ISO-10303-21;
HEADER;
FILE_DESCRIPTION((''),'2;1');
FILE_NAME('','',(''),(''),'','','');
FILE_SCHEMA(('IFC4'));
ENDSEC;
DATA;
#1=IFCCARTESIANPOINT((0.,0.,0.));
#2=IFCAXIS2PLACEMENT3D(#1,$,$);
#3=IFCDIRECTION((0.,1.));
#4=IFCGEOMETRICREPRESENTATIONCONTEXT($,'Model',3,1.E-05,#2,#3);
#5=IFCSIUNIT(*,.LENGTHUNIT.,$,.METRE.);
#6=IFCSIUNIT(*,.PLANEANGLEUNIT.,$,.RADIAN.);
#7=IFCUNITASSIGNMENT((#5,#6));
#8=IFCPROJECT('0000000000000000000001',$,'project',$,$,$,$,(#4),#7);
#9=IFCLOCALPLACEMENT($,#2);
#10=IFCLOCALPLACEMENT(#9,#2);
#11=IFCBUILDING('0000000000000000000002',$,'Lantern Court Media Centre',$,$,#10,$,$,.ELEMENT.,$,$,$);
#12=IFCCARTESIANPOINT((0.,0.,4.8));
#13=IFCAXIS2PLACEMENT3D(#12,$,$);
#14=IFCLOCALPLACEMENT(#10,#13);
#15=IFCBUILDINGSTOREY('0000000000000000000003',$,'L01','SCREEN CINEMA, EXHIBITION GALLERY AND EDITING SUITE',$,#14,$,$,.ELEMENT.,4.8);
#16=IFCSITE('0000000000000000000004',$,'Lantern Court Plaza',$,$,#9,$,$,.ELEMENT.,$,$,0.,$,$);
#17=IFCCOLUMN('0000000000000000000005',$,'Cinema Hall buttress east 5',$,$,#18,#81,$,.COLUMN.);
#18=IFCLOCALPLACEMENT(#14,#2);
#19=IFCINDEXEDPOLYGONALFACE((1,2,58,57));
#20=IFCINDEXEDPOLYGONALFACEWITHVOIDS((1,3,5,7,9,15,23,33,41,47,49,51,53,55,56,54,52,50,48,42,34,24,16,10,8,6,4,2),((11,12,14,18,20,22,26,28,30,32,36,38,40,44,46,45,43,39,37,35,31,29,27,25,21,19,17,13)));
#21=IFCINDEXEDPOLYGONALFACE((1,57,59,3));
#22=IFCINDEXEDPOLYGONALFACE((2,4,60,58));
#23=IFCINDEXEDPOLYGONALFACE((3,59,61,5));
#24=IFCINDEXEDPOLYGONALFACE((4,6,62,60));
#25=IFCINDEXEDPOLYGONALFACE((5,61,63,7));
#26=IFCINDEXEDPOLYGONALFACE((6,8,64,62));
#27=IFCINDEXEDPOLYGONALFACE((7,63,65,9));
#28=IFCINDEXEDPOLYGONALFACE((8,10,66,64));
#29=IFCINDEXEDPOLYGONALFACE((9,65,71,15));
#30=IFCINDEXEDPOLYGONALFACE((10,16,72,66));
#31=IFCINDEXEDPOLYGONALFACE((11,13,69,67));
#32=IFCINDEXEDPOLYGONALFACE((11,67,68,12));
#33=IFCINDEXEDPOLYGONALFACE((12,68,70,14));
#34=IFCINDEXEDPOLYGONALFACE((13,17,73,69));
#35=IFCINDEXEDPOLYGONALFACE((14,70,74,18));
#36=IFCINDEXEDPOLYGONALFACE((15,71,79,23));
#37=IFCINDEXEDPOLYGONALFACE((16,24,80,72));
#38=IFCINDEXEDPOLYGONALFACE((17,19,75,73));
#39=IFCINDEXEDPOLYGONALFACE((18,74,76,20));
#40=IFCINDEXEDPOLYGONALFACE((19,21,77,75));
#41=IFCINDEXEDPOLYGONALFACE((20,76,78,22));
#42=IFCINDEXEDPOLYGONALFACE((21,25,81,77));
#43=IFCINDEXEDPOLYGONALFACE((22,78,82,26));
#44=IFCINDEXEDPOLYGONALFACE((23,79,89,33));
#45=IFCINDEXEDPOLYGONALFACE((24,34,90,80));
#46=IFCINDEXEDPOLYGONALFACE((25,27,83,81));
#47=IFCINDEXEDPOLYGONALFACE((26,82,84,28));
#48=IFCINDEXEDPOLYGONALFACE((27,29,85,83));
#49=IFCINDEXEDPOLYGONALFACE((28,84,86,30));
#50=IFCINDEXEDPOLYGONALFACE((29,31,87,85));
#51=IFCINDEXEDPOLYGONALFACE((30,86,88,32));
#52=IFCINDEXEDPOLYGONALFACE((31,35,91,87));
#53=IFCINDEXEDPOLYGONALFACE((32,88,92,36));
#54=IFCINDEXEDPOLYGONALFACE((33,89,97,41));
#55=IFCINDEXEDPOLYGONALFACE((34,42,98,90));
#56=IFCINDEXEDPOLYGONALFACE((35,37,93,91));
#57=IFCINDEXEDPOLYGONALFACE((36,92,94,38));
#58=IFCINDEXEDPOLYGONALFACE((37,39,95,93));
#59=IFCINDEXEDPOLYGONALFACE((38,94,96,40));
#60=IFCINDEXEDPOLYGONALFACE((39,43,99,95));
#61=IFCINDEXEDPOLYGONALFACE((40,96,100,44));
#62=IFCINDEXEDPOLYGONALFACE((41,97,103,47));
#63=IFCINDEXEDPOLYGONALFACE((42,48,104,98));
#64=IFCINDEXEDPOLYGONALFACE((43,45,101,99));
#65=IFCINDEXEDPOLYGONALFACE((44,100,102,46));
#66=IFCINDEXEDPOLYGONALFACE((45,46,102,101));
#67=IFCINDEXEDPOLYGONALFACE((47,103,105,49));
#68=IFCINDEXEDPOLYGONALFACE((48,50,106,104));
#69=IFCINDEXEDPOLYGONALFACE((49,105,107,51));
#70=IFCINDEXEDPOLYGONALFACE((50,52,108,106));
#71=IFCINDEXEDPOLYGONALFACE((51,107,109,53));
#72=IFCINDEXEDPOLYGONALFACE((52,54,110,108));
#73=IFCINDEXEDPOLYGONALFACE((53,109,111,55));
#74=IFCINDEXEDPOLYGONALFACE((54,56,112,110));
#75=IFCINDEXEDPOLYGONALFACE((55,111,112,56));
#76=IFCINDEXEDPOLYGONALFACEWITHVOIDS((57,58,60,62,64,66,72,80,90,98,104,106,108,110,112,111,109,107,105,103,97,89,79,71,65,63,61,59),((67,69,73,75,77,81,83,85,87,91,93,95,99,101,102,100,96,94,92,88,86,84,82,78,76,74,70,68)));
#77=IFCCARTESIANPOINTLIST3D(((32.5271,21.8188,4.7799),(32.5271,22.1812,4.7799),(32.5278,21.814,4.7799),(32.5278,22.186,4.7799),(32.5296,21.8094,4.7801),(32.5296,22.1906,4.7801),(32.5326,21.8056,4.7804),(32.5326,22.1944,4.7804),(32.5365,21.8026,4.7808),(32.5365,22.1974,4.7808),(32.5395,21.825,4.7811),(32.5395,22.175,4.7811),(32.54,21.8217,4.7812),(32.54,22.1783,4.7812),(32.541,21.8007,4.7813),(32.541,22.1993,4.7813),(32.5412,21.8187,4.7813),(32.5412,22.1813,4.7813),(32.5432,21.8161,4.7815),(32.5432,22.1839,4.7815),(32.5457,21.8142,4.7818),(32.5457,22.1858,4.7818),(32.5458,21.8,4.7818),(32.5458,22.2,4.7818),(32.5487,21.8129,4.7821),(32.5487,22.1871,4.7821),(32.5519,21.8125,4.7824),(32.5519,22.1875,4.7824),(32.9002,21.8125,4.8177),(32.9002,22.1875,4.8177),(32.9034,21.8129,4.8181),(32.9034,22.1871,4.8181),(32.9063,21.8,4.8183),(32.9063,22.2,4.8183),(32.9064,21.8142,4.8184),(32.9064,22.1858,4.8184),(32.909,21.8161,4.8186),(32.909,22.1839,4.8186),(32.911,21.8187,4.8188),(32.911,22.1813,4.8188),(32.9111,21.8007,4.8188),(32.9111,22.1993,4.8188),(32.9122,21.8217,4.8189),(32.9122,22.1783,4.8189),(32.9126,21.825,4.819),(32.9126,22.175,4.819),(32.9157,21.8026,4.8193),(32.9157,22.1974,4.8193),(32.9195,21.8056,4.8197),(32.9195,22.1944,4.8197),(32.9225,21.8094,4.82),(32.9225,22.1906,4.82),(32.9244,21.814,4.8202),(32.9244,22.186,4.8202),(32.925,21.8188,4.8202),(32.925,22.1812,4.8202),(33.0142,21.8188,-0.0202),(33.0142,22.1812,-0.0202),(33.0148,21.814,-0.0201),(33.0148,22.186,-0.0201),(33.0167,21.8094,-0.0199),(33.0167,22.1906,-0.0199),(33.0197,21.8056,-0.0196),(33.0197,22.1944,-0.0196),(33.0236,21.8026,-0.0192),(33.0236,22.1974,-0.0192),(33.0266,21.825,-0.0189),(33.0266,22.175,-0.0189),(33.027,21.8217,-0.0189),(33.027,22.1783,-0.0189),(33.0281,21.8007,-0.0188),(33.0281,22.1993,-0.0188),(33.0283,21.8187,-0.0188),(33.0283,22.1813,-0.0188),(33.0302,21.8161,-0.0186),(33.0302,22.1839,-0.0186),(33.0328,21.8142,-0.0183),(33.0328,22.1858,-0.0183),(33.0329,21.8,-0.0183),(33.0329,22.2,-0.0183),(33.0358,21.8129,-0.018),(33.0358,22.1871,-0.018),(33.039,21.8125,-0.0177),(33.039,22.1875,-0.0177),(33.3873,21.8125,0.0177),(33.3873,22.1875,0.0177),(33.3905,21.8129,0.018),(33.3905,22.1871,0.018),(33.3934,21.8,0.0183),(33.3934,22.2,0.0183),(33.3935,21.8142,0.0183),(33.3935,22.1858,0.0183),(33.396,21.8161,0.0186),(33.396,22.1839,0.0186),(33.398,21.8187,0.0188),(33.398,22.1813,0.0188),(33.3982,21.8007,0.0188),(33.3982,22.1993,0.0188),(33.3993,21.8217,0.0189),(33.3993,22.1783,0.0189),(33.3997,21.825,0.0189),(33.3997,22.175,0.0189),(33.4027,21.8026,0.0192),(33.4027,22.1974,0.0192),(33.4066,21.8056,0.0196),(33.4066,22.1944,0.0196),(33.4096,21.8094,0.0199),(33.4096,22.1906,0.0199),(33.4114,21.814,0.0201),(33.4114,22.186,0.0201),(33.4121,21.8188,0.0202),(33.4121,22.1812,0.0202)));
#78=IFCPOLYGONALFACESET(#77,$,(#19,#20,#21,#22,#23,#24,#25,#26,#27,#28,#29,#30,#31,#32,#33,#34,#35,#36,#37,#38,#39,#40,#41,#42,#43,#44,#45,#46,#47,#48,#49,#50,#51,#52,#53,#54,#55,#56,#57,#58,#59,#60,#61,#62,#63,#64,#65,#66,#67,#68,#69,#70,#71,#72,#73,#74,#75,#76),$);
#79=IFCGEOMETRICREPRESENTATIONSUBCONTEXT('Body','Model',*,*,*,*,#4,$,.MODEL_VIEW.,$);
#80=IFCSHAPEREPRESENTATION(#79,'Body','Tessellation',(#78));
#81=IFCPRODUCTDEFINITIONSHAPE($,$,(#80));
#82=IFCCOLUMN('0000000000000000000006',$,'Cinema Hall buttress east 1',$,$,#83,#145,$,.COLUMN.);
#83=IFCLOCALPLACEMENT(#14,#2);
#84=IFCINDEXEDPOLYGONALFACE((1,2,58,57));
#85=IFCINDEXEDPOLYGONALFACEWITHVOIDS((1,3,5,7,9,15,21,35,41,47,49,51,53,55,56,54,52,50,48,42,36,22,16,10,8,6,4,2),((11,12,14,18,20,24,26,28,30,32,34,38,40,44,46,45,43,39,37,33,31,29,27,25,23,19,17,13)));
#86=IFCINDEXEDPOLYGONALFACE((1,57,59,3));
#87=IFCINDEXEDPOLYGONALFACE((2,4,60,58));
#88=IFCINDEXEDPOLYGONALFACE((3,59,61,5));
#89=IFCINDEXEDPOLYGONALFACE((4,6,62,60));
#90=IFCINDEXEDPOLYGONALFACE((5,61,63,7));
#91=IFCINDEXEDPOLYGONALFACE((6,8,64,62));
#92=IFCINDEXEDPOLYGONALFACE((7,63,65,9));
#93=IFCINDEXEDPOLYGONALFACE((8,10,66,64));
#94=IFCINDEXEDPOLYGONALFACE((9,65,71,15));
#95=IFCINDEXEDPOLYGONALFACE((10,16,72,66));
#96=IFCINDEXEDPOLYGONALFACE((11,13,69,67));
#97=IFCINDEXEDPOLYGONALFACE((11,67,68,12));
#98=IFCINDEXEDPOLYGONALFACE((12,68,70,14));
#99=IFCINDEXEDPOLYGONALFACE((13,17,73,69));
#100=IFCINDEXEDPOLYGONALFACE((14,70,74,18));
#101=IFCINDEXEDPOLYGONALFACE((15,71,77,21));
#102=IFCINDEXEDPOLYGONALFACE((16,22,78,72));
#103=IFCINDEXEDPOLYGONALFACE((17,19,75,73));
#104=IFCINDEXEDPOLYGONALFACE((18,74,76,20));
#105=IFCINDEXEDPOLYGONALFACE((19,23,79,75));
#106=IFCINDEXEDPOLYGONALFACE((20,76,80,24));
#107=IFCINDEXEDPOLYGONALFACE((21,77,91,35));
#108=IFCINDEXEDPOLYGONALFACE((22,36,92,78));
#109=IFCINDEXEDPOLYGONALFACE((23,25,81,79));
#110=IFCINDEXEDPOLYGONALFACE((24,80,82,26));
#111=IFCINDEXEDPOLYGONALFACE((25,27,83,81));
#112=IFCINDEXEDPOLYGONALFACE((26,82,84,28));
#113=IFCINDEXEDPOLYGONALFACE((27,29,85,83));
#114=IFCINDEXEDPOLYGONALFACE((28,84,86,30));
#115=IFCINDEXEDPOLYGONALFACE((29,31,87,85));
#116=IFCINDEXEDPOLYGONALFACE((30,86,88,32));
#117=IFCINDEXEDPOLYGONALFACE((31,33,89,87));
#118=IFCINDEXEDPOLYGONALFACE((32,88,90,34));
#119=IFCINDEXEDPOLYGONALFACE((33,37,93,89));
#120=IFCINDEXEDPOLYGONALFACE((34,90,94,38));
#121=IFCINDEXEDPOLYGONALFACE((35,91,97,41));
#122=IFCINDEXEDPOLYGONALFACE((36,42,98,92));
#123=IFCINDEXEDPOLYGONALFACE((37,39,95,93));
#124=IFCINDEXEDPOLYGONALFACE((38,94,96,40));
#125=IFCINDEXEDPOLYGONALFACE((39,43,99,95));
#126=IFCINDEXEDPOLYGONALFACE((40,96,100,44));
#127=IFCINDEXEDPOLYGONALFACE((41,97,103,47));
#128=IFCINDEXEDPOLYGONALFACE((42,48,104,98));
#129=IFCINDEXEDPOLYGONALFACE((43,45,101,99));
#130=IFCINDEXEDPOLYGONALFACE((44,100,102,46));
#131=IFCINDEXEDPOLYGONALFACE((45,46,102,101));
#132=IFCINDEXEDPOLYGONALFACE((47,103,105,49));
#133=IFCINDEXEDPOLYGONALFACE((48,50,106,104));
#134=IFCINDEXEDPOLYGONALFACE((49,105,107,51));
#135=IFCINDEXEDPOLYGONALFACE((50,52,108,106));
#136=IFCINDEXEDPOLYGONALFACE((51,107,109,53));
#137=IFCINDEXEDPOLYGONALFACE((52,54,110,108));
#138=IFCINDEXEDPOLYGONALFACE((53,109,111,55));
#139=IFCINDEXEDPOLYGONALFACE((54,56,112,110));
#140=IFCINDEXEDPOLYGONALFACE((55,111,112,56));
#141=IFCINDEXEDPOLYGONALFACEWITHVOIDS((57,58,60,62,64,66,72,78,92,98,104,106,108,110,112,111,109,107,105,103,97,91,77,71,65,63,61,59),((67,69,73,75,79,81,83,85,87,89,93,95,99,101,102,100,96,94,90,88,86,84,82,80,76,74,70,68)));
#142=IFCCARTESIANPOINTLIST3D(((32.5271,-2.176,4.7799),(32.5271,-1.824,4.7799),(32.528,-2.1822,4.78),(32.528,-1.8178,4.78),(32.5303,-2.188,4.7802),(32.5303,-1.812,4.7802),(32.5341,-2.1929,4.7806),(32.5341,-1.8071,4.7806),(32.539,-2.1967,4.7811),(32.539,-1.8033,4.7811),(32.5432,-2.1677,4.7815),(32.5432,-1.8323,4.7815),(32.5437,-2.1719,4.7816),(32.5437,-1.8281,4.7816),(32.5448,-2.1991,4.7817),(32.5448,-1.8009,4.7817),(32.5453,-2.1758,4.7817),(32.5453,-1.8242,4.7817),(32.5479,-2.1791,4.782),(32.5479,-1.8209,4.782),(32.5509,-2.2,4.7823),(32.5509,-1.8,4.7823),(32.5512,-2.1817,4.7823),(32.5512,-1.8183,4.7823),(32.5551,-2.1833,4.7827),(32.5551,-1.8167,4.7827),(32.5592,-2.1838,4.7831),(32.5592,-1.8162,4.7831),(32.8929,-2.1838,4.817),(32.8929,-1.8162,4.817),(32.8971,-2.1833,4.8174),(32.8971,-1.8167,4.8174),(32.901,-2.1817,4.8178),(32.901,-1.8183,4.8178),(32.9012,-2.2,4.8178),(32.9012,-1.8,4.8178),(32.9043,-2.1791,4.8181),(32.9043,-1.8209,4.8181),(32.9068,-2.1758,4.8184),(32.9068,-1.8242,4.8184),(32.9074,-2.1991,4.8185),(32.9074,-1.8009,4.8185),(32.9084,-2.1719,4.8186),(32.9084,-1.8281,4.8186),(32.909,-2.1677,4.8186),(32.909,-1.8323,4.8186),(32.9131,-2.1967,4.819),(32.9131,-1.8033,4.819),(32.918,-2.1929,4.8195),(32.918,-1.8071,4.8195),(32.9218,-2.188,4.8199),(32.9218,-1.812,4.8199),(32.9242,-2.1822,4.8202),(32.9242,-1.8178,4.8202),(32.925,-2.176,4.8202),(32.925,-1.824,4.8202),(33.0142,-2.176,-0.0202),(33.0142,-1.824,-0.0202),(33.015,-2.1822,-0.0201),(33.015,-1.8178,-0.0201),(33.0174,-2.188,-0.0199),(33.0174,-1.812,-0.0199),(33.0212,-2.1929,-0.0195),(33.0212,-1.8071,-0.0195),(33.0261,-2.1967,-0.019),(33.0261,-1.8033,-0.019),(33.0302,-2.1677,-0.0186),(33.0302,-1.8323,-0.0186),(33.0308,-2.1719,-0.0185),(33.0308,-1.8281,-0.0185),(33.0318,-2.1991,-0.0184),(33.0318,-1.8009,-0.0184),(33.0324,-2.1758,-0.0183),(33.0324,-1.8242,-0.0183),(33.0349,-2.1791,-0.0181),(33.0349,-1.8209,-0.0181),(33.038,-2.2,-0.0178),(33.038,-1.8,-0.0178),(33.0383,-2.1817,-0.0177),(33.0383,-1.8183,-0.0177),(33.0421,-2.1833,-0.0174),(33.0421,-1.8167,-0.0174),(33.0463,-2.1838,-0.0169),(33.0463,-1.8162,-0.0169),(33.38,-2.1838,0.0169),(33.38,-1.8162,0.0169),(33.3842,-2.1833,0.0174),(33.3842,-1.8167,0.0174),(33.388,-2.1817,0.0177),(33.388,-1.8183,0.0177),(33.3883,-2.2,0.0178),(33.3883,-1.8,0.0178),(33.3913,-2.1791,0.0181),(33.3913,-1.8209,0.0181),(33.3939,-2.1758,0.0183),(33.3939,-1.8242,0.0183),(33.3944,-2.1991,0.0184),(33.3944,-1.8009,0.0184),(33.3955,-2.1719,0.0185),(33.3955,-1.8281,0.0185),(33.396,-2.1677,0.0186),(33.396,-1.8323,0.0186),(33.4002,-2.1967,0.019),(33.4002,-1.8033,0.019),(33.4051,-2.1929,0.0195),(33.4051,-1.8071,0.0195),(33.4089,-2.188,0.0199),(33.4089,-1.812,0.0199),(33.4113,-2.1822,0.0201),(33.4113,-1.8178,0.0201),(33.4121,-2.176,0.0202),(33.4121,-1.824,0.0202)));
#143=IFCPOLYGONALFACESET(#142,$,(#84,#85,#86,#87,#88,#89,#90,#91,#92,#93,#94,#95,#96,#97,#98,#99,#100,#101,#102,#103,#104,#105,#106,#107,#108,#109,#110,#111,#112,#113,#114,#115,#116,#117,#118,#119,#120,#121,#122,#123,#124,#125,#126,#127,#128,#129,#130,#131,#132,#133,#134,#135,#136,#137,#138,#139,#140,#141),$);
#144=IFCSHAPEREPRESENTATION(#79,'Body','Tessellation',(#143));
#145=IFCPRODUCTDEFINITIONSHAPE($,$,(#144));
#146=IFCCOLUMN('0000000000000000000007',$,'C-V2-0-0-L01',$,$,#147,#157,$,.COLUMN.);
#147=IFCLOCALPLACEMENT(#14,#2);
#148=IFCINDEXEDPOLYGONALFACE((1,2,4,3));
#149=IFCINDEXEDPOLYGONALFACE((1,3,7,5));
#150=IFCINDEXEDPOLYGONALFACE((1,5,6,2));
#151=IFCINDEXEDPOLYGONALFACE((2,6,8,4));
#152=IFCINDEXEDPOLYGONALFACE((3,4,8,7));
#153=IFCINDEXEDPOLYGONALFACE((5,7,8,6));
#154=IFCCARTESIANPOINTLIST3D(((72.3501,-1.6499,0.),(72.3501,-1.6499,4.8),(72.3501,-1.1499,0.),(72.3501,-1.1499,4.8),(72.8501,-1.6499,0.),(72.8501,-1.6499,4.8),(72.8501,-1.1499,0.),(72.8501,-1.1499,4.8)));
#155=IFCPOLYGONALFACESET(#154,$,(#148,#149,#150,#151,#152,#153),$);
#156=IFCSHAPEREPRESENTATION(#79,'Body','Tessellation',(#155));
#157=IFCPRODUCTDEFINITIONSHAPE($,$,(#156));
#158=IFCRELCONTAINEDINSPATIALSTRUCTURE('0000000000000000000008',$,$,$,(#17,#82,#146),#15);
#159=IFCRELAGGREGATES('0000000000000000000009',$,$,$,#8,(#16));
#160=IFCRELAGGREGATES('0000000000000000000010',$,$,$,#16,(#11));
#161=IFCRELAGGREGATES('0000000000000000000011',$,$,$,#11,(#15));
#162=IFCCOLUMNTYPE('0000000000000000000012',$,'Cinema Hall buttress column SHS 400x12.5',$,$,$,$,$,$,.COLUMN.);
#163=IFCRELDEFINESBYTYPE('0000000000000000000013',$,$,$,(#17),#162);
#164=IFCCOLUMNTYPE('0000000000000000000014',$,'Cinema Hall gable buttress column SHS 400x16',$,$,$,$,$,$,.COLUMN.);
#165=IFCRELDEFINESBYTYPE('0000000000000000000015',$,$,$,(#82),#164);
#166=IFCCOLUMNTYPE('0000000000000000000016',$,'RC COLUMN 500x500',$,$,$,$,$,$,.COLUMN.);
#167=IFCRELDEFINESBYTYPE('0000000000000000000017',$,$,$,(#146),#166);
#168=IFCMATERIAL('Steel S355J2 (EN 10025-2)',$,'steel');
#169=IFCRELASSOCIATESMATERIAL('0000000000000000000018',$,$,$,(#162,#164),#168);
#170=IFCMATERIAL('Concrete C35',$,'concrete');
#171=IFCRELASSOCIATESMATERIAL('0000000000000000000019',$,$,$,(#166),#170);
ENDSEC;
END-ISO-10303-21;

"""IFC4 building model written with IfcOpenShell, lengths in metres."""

from ifc_helpers import new_model, si_unit, direction, frame, origin, origin_2d, place, context, subcontext, project, spatial, rectangle, hollow_rectangle, extrude, material, material_profile, profile_set, type_object, element, save


model = new_model("IFC4")

# Units and contexts
model_context = context("Model", 3, precision=1e-05, world=origin(), true_north=direction((0.0, 1.0)))
body_context = subcontext(model_context, "Body", "Model", "MODEL_VIEW")
ifc_project = project(units=[si_unit("LENGTHUNIT", "METRE"), si_unit("PLANEANGLEUNIT", "RADIAN")], contexts=[model_context])

# Site, building, storey
site_placement = place(None, origin())
site = spatial("IfcSite", under=ifc_project, at=site_placement, Name="Lantern Court Plaza", CompositionType="ELEMENT", RefElevation=0.0)
building_placement = place(site_placement, origin())
building = spatial("IfcBuilding", under=site, at=building_placement, Name="Lantern Court Media Centre", CompositionType="ELEMENT")
storey_placement = place(building_placement, frame((0.0, 0.0, 4.8)))
storey = spatial("IfcBuildingStorey", under=building, at=storey_placement, Name="L01", Description="SCREEN CINEMA, EXHIBITION GALLERY AND EDITING SUITE", CompositionType="ELEMENT", Elevation=4.8)

# Columns
ifc_material_1 = material(Name="Steel S355J2 (EN 10025-2)", Category="steel")
ifc_material_profile_1 = material_profile(ifc_material_1, hollow_rectangle(XDim=0.3999, YDim=0.3999, WallThickness=0.0125, InnerFilletRadius=0.0125, OuterFilletRadius=0.0188, at=origin_2d()), Name="Cinema Hall buttress column SHS 400x12.5")
ifc_profile_set_1 = profile_set([ifc_material_profile_1], Name="Steel S355J2 (EN 10025-2)")
column_type_1 = type_object("IfcColumnType", Name="Cinema Hall buttress column SHS 400x12.5", PredefinedType="COLUMN", material=ifc_profile_set_1)
for number, where, z_axis, x_axis, name in (
    (1, (33.2131, 22.0, 0.0), (-0.100952, 0.0, 0.994891), (0.0, -1.0, 0.0), "Cinema Hall buttress east 5"),
):
    element("IfcColumn", number, at=place(storey_placement, frame(where, z_axis=z_axis, x_axis=x_axis)), inside=storey, type_object=column_type_1, Name=name, PredefinedType="COLUMN", context=body_context, shape_type="SweptSolid", body=[
        extrude(hollow_rectangle(XDim=0.3999, YDim=0.3999, WallThickness=0.0125, InnerFilletRadius=0.0125, OuterFilletRadius=0.0188, at=origin_2d()), origin(), (0.0, 0.0, 1.0), 4.8247),
    ])
ifc_material_profile_2 = material_profile(ifc_material_1, hollow_rectangle(XDim=0.3999, YDim=0.3999, WallThickness=0.0161, InnerFilletRadius=0.0161, OuterFilletRadius=0.0239, at=origin_2d()), Name="Cinema Hall gable buttress column SHS 400x16")
ifc_profile_set_2 = profile_set([ifc_material_profile_2], Name="Steel S355J2 (EN 10025-2)")
column_type_2 = type_object("IfcColumnType", Name="Cinema Hall gable buttress column SHS 400x16", PredefinedType="COLUMN", material=ifc_profile_set_2)
column_1_placement = place(storey_placement, frame((33.2131, -2.0, 0.0), z_axis=(-0.100952, 0.0, 0.994891), x_axis=(0.0, -1.0, 0.0)))
element("IfcColumn", 2, at=column_1_placement, inside=storey, type_object=column_type_2, Name="Cinema Hall buttress east 1", PredefinedType="COLUMN", context=body_context, shape_type="SweptSolid", body=[
    extrude(hollow_rectangle(XDim=0.3999, YDim=0.3999, WallThickness=0.0161, InnerFilletRadius=0.0161, OuterFilletRadius=0.0239, at=origin_2d()), origin(), (0.0, 0.0, 1.0), 4.8247),
])
ifc_material_2 = material(Name="Concrete C35", Category="concrete")
ifc_material_profile_3 = material_profile(ifc_material_2, rectangle(XDim=0.5, YDim=0.5, at=origin_2d()), Name="RC 500x500")
ifc_profile_set_3 = profile_set([ifc_material_profile_3], Name="Concrete C35")
column_type_3 = type_object("IfcColumnType", Name="RC COLUMN 500x500", PredefinedType="COLUMN", material=ifc_profile_set_3)
column_2_placement = place(storey_placement, frame((72.6001, -1.3999, 0.0), z_axis=(0.0, 0.0, 1.0), x_axis=(1.0, 0.0, 0.0)))
element("IfcColumn", 3, at=column_2_placement, inside=storey, type_object=column_type_3, Name="C-V2-0-0-L01", PredefinedType="COLUMN", context=body_context, shape_type="SweptSolid", body=[
    extrude(rectangle(XDim=0.5, YDim=0.5, at=origin_2d()), origin(), (0.0, 0.0, 1.0), 4.8),
])

save(model, "model.ifc")
